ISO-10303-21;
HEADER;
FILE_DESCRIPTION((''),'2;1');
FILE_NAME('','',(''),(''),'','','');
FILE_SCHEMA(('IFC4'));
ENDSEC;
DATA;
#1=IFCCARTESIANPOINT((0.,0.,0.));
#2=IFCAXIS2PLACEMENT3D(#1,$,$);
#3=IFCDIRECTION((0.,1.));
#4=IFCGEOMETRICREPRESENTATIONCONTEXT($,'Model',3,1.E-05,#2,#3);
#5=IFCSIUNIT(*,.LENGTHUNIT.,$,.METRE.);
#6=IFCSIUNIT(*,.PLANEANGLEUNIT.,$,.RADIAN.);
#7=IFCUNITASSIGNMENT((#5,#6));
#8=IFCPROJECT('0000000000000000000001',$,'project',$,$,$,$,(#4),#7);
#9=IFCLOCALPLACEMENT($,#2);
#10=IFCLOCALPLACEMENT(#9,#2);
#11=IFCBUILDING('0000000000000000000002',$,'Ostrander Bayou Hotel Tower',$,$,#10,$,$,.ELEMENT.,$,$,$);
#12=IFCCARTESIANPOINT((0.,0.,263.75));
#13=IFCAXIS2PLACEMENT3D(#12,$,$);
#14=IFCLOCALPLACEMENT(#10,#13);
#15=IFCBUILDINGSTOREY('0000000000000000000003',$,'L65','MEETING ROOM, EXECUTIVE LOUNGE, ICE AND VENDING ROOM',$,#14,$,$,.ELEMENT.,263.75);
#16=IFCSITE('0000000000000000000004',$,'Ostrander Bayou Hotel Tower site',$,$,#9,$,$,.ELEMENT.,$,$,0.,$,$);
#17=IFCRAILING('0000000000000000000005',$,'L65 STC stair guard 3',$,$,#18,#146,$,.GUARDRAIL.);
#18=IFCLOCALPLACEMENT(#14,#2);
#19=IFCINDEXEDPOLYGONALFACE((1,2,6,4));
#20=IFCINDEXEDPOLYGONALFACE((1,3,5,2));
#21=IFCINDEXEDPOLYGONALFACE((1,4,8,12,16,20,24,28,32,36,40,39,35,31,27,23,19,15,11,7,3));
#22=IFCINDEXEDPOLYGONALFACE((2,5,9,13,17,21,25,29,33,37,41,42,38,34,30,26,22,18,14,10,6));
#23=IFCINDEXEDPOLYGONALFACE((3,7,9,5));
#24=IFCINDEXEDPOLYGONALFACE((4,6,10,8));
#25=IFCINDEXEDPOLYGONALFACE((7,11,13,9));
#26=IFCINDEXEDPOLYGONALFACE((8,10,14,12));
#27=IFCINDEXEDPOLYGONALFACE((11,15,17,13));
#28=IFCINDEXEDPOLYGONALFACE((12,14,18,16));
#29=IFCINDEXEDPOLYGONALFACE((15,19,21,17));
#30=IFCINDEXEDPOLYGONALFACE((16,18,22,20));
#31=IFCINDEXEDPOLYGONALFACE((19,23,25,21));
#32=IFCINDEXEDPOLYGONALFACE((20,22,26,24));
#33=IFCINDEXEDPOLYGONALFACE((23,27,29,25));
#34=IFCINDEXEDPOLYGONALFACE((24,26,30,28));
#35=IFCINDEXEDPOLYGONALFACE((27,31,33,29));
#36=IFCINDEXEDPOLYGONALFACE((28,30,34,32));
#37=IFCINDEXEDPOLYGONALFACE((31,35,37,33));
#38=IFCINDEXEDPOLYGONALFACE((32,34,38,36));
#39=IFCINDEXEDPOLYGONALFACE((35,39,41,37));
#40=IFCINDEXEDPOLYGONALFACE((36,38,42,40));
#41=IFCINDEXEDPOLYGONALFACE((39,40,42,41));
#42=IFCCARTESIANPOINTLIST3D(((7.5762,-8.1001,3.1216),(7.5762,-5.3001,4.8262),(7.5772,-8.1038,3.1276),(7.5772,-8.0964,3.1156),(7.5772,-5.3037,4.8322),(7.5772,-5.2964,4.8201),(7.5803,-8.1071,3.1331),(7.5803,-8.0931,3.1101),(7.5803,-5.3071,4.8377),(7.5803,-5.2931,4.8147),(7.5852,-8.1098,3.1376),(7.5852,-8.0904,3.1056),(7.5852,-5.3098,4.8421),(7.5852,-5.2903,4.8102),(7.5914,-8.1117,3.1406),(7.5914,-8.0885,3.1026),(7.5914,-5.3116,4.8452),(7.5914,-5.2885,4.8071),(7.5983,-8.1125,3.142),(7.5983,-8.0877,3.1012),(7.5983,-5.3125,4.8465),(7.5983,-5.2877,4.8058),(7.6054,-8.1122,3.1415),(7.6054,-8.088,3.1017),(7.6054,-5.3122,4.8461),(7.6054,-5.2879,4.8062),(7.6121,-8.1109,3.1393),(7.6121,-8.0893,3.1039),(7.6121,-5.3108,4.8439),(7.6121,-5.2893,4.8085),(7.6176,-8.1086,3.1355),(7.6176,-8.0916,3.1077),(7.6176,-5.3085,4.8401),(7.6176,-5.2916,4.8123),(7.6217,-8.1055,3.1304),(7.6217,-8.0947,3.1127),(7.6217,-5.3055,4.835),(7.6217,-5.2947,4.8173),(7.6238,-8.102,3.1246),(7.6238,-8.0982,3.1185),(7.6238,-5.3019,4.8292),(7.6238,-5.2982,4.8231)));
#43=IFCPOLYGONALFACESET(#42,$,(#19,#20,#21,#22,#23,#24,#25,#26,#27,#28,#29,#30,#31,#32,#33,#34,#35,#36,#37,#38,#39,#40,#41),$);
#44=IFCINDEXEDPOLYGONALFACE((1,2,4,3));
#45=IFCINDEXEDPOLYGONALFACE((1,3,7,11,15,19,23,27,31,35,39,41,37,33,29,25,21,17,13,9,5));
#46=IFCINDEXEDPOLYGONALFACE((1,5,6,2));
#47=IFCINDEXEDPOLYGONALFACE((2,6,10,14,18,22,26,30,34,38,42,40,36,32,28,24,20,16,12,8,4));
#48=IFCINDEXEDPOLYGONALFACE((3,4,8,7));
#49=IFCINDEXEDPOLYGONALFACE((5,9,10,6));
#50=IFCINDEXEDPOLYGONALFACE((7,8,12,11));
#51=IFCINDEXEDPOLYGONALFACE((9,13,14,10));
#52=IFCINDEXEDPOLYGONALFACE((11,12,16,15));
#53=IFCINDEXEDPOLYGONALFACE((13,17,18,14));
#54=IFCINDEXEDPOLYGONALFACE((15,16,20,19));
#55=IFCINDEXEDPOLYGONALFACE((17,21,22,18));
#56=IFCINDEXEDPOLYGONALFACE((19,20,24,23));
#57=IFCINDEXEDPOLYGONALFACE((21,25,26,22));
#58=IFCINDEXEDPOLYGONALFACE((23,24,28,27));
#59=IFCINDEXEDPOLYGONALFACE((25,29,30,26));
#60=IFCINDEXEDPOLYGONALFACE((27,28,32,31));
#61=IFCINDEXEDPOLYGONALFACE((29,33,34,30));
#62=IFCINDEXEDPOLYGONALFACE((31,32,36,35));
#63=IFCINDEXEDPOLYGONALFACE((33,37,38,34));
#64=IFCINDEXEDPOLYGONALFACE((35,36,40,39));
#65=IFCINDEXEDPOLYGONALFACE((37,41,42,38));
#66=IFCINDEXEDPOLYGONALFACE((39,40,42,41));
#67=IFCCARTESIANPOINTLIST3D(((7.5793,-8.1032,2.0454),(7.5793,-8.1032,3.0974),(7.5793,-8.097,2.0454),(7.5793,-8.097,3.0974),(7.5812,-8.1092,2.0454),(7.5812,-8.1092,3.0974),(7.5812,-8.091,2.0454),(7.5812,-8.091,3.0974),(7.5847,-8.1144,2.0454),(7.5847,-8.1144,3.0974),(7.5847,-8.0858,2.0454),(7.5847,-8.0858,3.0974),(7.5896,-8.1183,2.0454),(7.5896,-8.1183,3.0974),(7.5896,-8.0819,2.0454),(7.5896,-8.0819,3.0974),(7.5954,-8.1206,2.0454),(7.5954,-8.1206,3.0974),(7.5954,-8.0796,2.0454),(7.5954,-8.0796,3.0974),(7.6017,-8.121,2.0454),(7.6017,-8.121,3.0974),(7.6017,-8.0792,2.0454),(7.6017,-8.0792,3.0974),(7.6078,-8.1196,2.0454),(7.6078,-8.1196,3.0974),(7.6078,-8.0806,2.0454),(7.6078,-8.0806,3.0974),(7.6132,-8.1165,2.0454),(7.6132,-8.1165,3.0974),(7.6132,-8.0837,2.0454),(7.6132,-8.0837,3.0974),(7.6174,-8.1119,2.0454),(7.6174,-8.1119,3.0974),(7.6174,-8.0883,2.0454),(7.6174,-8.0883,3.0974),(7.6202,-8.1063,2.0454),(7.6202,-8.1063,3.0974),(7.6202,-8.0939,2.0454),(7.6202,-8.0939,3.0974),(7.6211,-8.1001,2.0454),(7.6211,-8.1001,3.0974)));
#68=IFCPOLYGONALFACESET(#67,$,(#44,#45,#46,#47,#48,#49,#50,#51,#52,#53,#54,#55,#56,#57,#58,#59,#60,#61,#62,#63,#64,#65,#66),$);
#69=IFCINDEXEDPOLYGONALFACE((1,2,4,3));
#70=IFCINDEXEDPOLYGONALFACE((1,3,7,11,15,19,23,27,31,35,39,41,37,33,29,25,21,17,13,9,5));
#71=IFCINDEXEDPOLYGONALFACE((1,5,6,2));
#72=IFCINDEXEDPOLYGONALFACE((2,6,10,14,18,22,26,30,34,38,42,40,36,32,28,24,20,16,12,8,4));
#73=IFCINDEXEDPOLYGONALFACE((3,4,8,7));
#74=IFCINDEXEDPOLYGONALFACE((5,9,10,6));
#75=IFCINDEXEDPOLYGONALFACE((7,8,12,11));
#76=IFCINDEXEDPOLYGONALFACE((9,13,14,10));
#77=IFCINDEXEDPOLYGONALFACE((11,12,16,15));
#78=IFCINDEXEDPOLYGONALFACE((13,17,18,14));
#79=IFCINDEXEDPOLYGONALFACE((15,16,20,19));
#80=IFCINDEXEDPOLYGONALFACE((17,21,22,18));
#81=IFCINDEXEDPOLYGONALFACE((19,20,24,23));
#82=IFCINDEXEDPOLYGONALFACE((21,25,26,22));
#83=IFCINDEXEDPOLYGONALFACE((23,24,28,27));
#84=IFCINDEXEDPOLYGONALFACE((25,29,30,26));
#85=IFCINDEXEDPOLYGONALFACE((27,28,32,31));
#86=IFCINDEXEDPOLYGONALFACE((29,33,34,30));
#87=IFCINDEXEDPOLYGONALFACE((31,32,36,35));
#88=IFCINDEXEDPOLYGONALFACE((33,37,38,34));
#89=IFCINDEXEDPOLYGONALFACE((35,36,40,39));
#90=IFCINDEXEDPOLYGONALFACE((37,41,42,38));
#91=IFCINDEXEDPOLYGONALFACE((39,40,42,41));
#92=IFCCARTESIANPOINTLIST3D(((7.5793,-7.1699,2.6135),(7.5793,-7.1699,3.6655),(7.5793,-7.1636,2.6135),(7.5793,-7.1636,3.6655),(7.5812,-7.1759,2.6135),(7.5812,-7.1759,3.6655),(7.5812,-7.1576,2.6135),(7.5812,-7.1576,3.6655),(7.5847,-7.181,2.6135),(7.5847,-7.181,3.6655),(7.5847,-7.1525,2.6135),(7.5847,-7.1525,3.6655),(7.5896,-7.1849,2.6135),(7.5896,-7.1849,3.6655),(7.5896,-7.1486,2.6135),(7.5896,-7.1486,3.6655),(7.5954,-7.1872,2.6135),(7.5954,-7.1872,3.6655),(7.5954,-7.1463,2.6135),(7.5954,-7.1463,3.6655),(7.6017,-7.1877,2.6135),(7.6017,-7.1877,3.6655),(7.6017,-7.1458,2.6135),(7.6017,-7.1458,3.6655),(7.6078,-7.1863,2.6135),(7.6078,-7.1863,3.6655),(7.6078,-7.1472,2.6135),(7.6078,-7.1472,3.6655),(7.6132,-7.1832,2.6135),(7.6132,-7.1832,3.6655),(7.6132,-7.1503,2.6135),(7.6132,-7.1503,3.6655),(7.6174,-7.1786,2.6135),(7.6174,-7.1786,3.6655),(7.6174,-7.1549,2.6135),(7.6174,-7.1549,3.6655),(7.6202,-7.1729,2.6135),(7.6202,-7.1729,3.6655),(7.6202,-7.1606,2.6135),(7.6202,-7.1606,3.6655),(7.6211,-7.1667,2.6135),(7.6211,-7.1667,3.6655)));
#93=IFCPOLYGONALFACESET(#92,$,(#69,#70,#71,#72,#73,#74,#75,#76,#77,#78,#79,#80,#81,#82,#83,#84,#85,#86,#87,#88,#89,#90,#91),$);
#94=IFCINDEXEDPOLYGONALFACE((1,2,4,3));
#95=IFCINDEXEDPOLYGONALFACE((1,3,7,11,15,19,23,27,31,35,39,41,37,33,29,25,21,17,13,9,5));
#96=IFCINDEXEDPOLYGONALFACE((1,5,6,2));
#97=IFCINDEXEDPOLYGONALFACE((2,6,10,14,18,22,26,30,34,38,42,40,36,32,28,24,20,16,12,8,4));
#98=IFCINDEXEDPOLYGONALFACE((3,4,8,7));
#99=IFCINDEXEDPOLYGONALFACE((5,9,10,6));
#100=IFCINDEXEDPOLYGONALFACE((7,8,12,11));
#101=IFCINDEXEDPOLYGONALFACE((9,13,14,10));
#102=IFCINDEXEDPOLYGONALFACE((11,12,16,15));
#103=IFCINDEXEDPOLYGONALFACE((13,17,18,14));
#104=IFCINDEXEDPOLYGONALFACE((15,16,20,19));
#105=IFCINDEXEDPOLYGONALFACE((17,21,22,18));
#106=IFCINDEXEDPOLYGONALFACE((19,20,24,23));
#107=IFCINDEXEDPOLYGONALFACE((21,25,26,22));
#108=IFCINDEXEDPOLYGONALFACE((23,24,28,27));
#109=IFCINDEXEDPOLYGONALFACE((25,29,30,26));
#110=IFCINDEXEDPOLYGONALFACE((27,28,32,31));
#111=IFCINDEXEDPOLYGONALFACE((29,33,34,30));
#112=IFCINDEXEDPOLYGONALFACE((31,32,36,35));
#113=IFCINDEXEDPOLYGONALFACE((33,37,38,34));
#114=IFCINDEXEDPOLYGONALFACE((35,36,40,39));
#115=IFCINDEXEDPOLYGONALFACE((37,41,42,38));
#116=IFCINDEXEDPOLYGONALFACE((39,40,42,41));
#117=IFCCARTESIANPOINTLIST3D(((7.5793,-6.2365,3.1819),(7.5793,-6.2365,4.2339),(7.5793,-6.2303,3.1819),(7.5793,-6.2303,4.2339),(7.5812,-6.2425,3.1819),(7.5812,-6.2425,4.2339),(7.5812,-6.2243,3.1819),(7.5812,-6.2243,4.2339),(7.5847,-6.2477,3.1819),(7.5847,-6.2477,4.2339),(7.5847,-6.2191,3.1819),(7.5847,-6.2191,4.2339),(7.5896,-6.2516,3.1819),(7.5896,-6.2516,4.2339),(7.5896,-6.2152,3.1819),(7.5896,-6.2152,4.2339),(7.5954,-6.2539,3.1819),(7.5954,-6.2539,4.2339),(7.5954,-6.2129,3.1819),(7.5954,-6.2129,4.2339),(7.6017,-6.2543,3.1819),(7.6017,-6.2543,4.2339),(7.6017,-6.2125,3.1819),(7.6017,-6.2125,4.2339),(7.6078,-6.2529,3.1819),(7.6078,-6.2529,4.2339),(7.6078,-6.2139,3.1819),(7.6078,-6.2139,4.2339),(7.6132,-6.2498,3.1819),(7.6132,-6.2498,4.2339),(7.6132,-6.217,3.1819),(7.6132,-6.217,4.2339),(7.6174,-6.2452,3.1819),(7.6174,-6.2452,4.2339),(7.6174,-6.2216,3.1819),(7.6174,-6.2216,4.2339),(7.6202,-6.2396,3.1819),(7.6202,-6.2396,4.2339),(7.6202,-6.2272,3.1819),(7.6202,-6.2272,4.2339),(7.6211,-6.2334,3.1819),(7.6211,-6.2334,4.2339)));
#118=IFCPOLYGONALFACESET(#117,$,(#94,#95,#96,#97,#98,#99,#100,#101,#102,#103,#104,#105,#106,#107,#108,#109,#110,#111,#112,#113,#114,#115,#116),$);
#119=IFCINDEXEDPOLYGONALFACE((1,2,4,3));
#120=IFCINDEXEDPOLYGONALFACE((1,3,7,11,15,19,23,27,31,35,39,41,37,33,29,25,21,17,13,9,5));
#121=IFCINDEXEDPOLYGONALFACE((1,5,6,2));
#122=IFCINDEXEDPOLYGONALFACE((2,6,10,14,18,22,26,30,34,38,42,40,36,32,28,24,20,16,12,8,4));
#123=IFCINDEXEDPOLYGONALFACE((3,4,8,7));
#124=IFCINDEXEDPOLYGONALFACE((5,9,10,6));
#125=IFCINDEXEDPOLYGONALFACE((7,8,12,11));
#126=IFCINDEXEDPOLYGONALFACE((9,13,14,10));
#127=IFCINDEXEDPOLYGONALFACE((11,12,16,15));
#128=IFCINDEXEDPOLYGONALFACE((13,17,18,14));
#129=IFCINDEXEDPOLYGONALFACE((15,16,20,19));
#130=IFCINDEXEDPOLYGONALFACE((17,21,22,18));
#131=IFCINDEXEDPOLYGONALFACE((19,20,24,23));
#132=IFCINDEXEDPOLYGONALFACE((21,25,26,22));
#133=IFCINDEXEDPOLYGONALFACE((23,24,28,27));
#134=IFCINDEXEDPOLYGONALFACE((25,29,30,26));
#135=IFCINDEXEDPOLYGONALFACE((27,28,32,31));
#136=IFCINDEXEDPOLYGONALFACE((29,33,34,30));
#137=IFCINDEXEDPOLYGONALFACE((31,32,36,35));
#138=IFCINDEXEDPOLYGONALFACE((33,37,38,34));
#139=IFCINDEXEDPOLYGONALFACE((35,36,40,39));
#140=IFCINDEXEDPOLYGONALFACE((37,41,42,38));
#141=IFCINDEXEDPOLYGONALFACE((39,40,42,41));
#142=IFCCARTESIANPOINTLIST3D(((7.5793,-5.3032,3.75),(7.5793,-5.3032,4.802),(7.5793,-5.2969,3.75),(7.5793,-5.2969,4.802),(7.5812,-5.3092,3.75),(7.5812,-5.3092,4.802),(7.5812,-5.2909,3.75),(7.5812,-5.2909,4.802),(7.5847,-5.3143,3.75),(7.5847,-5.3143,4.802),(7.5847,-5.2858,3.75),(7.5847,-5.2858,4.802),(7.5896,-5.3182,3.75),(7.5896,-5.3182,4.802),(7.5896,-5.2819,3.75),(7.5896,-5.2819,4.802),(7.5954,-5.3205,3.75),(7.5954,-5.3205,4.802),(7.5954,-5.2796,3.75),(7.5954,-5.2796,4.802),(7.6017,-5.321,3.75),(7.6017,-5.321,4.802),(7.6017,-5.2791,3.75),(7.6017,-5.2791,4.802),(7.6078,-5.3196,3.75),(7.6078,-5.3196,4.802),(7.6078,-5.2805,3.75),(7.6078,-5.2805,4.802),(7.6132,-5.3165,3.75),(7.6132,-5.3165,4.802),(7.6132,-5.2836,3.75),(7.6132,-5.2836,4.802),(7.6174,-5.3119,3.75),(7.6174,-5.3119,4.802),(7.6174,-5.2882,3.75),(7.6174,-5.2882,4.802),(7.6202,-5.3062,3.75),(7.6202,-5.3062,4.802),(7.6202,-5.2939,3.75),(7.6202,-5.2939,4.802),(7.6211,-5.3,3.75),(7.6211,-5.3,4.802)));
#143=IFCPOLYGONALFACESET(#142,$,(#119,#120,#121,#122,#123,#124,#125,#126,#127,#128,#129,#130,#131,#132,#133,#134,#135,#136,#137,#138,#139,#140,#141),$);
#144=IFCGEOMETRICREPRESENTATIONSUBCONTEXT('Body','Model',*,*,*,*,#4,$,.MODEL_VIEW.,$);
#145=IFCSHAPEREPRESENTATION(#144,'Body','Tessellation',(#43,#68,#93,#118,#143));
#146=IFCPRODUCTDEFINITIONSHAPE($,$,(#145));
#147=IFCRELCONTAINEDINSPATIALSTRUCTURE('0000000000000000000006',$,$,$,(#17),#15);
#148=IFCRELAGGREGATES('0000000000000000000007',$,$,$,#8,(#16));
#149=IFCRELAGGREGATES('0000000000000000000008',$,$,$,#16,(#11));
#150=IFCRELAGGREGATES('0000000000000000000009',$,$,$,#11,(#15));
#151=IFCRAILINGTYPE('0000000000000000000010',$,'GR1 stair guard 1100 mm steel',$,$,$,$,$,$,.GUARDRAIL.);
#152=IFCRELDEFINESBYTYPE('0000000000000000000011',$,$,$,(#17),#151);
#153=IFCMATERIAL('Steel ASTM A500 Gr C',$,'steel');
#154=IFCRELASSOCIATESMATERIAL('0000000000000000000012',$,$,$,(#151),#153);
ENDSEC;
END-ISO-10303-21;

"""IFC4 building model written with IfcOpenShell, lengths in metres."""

from ifc_helpers import new_model, si_unit, direction, frame, origin, origin_2d, place, context, subcontext, project, spatial, circle, extrude, material, type_object, element, save


model = new_model("IFC4")

# Units and contexts
model_context = context("Model", 3, precision=1e-05, world=origin(), true_north=direction((0.0, 1.0)))
body_context = subcontext(model_context, "Body", "Model", "MODEL_VIEW")
ifc_project = project(units=[si_unit("LENGTHUNIT", "METRE"), si_unit("PLANEANGLEUNIT", "RADIAN")], contexts=[model_context])

# Site, building, storey
site_placement = place(None, origin())
site = spatial("IfcSite", under=ifc_project, at=site_placement, Name="Ostrander Bayou Hotel Tower site", CompositionType="ELEMENT", RefElevation=0.0)
building_placement = place(site_placement, origin())
building = spatial("IfcBuilding", under=site, at=building_placement, Name="Ostrander Bayou Hotel Tower", CompositionType="ELEMENT")
storey_placement = place(building_placement, frame((0.0, 0.0, 263.75)))
storey = spatial("IfcBuildingStorey", under=building, at=storey_placement, Name="L65", Description="MEETING ROOM, EXECUTIVE LOUNGE, ICE AND VENDING ROOM", CompositionType="ELEMENT", Elevation=263.75)

# Railing
ifc_material_1 = material(Name="Steel ASTM A500 Gr C", Category="steel")
railing_type_1 = type_object("IfcRailingType", Name="GR1 stair guard 1100 mm steel", PredefinedType="GUARDRAIL", material=ifc_material_1)
railing_1_placement = place(storey_placement, frame((7.6001, -8.1001, 2.0454)))
element("IfcRailing", 1, at=railing_1_placement, inside=storey, type_object=railing_type_1, Name="L65 STC stair guard 3", PredefinedType="GUARDRAIL", context=body_context, shape_type="SweptSolid", body=[
    extrude(circle(Radius=0.0239, at=origin_2d()), frame((0.0, 0.0, 1.0762), z_axis=(0.0, 0.85417, 0.519994), x_axis=(-1.0, 0.0, 0.0)), (0.0, 0.0, 1.0), 3.2781),
    extrude(circle(Radius=0.021, at=origin_2d()), origin(), (0.0, 0.0, 1.0), 1.052),
    extrude(circle(Radius=0.021, at=origin_2d()), frame((0.0, 0.9333, 0.5681)), (0.0, 0.0, 1.0), 1.052),
    extrude(circle(Radius=0.021, at=origin_2d()), frame((0.0, 1.8667, 1.1365)), (0.0, 0.0, 1.0), 1.052),
    extrude(circle(Radius=0.021, at=origin_2d()), frame((0.0, 2.8, 1.7046)), (0.0, 0.0, 1.0), 1.052),
])

save(model, "model.ifc")
